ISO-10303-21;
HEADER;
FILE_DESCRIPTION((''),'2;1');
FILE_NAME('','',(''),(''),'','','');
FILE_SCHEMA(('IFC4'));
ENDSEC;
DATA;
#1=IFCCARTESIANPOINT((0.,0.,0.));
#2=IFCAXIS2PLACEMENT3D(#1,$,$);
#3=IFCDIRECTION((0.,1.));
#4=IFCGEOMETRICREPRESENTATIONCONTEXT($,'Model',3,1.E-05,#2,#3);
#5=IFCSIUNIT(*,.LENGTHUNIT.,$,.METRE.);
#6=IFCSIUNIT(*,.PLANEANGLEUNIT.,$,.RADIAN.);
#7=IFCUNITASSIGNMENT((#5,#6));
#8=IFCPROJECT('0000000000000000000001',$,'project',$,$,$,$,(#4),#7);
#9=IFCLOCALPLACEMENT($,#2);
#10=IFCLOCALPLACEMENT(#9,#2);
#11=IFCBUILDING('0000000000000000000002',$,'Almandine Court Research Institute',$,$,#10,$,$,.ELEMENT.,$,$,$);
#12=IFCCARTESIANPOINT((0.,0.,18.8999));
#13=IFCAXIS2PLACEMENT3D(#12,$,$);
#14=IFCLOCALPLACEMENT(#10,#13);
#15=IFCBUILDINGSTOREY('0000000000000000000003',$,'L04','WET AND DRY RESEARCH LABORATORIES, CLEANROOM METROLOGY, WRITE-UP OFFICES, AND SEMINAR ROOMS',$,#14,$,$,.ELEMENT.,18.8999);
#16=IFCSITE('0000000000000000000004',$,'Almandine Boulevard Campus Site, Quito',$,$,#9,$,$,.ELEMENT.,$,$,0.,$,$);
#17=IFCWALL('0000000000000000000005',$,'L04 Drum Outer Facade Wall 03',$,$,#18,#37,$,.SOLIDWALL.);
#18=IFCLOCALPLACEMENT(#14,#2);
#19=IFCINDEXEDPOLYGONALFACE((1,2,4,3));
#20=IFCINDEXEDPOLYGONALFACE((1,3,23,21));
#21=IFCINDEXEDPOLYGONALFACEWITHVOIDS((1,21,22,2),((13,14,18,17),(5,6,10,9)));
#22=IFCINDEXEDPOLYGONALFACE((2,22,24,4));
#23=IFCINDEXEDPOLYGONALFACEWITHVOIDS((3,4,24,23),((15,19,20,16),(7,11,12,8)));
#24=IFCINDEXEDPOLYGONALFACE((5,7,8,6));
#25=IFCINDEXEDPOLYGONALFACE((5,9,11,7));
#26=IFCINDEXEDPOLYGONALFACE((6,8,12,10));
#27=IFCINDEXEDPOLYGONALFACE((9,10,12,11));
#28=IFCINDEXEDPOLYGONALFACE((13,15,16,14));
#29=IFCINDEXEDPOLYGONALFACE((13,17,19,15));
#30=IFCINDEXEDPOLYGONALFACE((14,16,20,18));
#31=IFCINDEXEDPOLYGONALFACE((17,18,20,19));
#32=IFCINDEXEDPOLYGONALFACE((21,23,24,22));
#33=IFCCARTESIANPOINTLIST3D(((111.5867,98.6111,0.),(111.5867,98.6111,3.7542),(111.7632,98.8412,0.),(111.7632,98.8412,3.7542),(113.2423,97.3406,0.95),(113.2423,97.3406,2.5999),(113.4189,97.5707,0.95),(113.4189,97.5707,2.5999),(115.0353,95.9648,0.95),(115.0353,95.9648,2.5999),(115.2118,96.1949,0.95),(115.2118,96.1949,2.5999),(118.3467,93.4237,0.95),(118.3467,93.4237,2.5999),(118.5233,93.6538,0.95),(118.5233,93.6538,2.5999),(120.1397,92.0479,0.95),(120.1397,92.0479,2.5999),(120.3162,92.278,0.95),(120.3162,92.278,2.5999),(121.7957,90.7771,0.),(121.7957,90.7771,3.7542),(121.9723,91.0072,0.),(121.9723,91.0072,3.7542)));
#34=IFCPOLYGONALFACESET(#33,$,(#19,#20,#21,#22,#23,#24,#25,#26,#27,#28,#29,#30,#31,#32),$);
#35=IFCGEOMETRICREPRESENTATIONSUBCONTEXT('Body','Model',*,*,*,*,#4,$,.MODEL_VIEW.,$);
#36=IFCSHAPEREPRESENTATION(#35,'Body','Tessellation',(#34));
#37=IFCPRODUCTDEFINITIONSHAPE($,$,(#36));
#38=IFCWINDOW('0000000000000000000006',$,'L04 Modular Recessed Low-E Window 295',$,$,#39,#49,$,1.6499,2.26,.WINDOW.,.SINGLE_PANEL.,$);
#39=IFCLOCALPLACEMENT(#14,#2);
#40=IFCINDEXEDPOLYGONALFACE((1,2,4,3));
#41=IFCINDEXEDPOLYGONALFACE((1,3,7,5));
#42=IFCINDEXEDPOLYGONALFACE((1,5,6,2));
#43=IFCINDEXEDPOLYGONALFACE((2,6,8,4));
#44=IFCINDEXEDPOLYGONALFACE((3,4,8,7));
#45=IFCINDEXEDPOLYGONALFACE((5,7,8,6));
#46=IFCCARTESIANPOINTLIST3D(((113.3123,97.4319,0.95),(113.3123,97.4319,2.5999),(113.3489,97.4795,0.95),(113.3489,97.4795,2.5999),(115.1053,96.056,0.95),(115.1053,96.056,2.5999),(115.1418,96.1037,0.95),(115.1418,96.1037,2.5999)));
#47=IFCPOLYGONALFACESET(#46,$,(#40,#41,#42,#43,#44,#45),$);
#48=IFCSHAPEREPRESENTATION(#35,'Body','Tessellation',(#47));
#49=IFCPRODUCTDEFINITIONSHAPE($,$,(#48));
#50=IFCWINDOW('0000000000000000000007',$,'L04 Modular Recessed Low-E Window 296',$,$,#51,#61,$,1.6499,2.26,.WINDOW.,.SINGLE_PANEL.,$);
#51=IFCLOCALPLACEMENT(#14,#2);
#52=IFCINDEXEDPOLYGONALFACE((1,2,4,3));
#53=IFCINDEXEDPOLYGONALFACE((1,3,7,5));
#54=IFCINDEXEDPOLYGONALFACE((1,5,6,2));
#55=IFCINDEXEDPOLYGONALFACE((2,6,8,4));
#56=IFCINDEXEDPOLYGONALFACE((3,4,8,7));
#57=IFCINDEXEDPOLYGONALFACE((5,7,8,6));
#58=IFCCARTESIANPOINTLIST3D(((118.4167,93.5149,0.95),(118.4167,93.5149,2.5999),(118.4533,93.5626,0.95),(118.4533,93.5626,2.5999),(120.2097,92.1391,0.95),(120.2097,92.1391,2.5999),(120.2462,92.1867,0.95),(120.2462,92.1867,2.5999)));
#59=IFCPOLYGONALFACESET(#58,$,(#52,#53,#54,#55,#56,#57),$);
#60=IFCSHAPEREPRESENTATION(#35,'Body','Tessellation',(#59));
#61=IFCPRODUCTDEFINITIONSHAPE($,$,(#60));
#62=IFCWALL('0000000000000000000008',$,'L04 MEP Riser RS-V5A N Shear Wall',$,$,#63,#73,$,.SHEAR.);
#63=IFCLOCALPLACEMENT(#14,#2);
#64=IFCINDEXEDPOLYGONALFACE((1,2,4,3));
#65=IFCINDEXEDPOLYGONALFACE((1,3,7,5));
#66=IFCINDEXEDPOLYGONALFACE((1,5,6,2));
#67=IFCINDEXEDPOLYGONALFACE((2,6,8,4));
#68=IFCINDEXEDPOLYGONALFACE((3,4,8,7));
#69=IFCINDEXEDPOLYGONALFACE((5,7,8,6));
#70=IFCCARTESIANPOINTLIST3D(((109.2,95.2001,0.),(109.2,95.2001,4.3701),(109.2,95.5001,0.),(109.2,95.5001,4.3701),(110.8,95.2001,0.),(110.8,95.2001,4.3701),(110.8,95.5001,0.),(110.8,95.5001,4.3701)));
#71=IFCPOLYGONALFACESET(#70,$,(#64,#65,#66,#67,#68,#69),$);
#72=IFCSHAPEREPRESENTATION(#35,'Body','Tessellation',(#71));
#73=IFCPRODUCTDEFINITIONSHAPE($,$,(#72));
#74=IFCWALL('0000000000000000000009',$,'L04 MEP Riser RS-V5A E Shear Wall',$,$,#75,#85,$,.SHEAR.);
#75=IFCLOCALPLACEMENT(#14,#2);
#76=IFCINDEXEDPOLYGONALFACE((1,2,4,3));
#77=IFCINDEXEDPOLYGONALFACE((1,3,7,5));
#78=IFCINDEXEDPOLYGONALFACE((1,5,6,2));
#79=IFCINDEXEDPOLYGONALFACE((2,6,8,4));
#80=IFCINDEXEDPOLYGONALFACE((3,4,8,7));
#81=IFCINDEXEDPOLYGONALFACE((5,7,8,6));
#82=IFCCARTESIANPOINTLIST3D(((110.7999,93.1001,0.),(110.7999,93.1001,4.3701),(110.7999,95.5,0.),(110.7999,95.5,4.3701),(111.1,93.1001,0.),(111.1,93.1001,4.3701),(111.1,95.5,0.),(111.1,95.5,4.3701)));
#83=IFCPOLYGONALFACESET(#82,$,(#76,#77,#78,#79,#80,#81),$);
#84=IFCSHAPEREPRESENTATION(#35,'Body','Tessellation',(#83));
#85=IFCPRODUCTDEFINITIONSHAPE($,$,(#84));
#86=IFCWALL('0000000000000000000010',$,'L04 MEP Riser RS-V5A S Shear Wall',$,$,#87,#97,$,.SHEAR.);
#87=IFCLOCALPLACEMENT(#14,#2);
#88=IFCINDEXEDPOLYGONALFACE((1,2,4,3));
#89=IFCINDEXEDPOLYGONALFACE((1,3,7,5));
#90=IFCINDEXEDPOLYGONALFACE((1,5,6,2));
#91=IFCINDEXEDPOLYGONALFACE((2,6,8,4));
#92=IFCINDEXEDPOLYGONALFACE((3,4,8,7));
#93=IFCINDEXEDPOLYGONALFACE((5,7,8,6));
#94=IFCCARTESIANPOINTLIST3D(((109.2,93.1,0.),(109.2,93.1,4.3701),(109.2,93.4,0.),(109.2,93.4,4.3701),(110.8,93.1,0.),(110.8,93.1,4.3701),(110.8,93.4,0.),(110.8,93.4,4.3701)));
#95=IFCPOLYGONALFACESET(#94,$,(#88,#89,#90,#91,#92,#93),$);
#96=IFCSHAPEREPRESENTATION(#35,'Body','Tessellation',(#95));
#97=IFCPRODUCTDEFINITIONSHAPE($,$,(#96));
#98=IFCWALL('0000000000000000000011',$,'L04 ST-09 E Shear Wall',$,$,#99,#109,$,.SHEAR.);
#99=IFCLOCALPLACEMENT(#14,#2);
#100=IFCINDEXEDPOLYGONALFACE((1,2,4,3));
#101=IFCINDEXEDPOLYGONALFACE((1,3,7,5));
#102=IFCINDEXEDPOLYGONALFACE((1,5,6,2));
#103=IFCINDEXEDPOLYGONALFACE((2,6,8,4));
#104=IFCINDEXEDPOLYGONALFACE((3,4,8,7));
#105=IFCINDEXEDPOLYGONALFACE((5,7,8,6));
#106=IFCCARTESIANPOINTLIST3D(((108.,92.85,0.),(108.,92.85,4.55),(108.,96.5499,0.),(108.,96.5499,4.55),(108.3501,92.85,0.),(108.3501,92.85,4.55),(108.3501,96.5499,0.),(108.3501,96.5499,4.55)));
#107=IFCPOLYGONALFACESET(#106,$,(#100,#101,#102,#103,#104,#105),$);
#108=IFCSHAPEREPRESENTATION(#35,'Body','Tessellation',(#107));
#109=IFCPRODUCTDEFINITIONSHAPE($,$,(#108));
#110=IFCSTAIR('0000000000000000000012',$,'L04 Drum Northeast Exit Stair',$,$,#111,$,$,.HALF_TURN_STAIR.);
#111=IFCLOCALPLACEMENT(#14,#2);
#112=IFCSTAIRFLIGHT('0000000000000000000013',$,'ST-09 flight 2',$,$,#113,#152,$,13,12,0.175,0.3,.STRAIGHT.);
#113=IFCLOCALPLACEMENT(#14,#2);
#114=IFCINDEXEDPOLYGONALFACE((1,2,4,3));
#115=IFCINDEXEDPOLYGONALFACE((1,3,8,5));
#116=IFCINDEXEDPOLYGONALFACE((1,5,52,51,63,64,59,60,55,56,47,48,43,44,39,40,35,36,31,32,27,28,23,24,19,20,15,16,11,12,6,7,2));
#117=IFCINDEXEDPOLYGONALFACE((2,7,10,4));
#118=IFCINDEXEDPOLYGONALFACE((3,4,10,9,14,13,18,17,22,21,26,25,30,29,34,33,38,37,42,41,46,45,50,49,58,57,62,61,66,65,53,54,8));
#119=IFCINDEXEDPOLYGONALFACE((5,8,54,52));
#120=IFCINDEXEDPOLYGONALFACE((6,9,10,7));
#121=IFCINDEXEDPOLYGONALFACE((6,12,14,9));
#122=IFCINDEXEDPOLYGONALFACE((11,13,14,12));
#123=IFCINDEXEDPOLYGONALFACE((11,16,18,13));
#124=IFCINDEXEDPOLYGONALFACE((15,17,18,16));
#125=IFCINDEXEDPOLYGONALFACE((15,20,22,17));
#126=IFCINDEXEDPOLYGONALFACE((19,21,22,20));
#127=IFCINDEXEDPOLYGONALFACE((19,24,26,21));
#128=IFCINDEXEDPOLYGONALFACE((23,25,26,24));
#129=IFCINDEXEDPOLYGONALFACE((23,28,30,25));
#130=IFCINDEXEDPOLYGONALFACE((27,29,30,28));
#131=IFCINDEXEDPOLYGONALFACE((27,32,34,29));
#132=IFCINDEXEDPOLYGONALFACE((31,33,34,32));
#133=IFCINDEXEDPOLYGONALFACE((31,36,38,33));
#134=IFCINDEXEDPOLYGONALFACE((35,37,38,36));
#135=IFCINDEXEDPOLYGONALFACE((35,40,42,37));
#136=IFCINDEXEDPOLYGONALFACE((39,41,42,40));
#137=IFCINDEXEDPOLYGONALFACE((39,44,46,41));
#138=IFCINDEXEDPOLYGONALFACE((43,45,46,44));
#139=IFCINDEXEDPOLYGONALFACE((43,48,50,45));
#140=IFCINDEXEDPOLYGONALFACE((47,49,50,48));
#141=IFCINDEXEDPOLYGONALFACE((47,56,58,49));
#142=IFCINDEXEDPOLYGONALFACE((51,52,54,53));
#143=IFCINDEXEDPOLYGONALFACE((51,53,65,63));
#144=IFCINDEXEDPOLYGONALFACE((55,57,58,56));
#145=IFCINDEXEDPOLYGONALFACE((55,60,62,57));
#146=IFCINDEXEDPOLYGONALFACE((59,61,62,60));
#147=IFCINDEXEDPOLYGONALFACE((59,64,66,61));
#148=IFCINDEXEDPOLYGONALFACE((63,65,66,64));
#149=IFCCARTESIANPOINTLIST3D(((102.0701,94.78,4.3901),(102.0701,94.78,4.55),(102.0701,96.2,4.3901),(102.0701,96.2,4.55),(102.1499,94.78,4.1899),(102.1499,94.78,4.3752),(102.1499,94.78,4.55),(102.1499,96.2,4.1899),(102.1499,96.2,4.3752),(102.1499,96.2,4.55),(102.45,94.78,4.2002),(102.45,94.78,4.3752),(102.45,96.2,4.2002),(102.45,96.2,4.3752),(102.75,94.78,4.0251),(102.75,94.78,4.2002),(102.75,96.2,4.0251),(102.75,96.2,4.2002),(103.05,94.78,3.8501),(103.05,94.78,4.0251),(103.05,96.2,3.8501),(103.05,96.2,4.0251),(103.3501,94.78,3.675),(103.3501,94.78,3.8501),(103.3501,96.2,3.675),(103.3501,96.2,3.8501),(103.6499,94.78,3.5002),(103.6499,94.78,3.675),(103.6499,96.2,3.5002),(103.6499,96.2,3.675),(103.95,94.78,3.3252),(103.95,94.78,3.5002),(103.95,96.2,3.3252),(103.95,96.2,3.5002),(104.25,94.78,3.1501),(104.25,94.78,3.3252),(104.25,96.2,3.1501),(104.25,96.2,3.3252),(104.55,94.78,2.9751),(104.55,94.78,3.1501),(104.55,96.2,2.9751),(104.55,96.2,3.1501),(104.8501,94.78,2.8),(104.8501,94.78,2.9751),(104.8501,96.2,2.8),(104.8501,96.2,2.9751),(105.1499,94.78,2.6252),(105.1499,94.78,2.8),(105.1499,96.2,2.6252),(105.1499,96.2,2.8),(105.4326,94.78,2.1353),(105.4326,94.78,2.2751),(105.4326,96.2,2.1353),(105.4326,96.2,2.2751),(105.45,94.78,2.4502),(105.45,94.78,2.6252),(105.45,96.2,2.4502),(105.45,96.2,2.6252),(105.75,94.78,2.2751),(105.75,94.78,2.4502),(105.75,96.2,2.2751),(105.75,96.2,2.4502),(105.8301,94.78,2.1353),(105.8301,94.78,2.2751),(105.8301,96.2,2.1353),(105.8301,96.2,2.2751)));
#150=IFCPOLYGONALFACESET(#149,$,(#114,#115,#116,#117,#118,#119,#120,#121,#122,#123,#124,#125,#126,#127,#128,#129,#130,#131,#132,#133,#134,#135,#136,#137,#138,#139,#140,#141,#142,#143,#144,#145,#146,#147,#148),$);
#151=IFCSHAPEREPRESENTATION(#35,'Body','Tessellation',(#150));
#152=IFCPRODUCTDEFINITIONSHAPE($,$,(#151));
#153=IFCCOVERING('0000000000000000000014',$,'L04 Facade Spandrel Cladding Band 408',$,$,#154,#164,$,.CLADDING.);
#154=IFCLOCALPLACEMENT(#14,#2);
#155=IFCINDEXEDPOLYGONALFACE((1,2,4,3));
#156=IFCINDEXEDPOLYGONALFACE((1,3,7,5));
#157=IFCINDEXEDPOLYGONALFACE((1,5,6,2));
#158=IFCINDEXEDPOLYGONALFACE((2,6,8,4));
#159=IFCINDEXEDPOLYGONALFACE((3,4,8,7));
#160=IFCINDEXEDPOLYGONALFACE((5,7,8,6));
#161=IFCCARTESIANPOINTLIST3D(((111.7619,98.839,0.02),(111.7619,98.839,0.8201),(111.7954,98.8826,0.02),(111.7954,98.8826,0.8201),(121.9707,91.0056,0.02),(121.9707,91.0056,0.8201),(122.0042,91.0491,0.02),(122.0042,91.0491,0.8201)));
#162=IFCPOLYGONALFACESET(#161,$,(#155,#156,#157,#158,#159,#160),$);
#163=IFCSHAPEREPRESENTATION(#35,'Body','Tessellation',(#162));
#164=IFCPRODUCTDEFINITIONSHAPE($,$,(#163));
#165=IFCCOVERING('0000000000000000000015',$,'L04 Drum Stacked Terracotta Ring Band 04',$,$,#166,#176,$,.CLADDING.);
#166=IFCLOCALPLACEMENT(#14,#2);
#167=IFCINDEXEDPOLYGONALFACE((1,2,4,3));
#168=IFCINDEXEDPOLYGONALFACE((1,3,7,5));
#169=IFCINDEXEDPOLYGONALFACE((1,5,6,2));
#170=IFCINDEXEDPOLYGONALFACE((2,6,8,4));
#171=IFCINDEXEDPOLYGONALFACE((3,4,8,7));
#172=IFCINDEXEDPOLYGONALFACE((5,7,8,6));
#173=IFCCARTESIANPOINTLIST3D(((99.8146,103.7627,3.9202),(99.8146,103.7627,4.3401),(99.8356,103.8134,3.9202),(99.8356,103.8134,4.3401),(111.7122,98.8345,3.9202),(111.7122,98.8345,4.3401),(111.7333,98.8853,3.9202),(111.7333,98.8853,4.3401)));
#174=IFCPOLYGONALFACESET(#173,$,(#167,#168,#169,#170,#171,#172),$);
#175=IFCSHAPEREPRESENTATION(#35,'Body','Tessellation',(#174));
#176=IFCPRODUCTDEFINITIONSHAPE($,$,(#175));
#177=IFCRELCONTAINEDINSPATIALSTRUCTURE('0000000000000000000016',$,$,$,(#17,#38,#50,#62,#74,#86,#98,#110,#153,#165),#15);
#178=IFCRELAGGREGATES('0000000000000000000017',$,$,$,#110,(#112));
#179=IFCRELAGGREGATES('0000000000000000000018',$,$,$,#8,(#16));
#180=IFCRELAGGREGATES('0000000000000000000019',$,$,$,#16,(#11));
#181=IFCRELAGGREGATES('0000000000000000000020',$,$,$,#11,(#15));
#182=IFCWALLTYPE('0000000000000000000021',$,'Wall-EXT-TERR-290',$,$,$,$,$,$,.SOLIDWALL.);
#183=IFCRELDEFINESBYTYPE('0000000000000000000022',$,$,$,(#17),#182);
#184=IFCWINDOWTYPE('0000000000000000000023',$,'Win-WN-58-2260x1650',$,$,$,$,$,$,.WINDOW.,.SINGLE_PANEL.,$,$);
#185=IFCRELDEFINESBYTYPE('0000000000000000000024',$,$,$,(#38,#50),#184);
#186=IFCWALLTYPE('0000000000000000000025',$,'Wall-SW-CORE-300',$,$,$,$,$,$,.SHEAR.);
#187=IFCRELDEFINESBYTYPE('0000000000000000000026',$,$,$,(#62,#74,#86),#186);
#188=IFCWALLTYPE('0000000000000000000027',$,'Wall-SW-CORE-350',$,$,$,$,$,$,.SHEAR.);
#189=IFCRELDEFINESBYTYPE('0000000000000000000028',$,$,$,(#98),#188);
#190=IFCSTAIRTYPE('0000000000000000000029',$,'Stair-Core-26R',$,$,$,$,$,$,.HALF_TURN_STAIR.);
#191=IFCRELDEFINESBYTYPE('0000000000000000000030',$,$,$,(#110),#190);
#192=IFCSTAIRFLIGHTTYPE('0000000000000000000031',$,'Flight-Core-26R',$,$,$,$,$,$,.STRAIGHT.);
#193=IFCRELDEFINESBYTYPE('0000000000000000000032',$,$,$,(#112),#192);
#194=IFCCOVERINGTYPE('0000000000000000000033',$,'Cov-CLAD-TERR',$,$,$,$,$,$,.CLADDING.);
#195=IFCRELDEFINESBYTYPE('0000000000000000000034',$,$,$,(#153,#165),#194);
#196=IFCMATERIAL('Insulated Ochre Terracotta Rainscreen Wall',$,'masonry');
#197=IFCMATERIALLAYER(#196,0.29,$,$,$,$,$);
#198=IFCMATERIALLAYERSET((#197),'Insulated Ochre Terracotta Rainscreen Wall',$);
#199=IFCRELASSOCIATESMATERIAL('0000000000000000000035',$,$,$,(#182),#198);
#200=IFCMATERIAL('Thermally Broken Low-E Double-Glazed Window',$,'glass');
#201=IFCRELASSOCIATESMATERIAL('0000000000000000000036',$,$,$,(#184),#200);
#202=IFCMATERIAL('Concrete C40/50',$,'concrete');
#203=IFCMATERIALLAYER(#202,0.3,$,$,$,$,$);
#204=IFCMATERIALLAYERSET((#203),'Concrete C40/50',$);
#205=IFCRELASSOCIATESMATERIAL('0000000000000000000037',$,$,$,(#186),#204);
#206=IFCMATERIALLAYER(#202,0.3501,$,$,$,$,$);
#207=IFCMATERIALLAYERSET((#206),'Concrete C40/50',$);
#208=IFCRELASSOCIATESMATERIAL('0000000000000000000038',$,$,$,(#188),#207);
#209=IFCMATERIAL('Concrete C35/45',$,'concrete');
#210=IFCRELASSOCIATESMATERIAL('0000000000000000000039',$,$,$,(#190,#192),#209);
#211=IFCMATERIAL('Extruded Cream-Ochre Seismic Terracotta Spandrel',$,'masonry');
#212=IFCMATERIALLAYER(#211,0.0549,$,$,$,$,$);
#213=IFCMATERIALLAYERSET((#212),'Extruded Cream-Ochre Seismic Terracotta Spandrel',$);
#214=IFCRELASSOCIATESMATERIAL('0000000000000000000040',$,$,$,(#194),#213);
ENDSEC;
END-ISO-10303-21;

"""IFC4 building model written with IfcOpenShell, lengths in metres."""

from ifc_helpers import new_model, si_unit, direction, frame, frame_2d, origin, origin_2d, place, context, subcontext, project, spatial, polyline, rectangle, outline, extrude, material, layer, layer_set, type_object, element, fill, aggregate, save


model = new_model("IFC4")

# Units and contexts
model_context = context("Model", 3, precision=1e-05, world=origin(), true_north=direction((0.0, 1.0)))
body_context = subcontext(model_context, "Body", "Model", "MODEL_VIEW")
ifc_project = project(units=[si_unit("LENGTHUNIT", "METRE"), si_unit("PLANEANGLEUNIT", "RADIAN")], contexts=[model_context])

# Site, building, storey
site_placement = place(None, origin())
site = spatial("IfcSite", under=ifc_project, at=site_placement, Name="Almandine Boulevard Campus Site, Quito", CompositionType="ELEMENT", RefElevation=0.0)
building_placement = place(site_placement, origin())
building = spatial("IfcBuilding", under=site, at=building_placement, Name="Almandine Court Research Institute", CompositionType="ELEMENT")
storey_placement = place(building_placement, frame((0.0, 0.0, 18.8999)))
storey = spatial("IfcBuildingStorey", under=building, at=storey_placement, Name="L04", Description="WET AND DRY RESEARCH LABORATORIES, CLEANROOM METROLOGY, WRITE-UP OFFICES, AND SEMINAR ROOMS", CompositionType="ELEMENT", Elevation=18.8999)

# Wall, openings, windows
ifc_material_1 = material(Name="Insulated Ochre Terracotta Rainscreen Wall", Category="masonry")
ifc_layer_1 = layer(ifc_material_1, 0.29)
ifc_layer_set_1 = layer_set([ifc_layer_1], Name="Insulated Ochre Terracotta Rainscreen Wall")
wall_type_1 = type_object("IfcWallType", Name="Wall-EXT-TERR-290", PredefinedType="SOLIDWALL", material=ifc_layer_set_1)
wall_1_placement = place(storey_placement, frame((111.675, 98.7261, 0.0), z_axis=(0.0, 0.0, 1.0), x_axis=(0.79334, -0.608779, 0.0)))
wall_1 = element("IfcWall", 1, at=wall_1_placement, inside=storey, type_object=wall_type_1, Name="L04 Drum Outer Facade Wall 03", PredefinedType="SOLIDWALL", context=body_context, shape_type="SweptSolid", body=[
    extrude(rectangle(XDim=12.8684, YDim=0.29, at=frame_2d((6.4341, 0.0))), origin(), (0.0, 0.0, 1.0), 3.7542),
])
opening_1_placement = place(wall_1_placement, frame((2.0869, 0.0, 0.95)))
opening_1 = element("IfcOpeningElement", 2, at=opening_1_placement, cuts=wall_1, PredefinedType="OPENING", context=body_context, shape_type="SweptSolid", body=[
    extrude(rectangle(XDim=2.26, YDim=1.6499, at=frame_2d((1.1299, 0.825))), frame((0.0, 0.155, 0.0), z_axis=(0.0, -1.0, 0.0), x_axis=(1.0, 0.0, 0.0)), (0.0, 0.0, 1.0), 0.3101),
])
opening_2_placement = place(wall_1_placement, frame((8.521, 0.0, 0.95)))
opening_2 = element("IfcOpeningElement", 3, at=opening_2_placement, cuts=wall_1, PredefinedType="OPENING", context=body_context, shape_type="SweptSolid", body=[
    extrude(rectangle(XDim=2.26, YDim=1.6499, at=frame_2d((1.1299, 0.825))), frame((0.0, 0.155, 0.0), z_axis=(0.0, -1.0, 0.0), x_axis=(1.0, 0.0, 0.0)), (0.0, 0.0, 1.0), 0.3101),
])
ifc_material_2 = material(Name="Thermally Broken Low-E Double-Glazed Window", Category="glass")
window_type = type_object("IfcWindowType", Name="Win-WN-58-2260x1650", PartitioningType="SINGLE_PANEL", PredefinedType="WINDOW", material=ifc_material_2)
window_1_placement = place(opening_1_placement, origin())
window_1 = element("IfcWindow", 4, at=window_1_placement, inside=storey, type_object=window_type, Name="L04 Modular Recessed Low-E Window 295", OverallHeight=1.6499, OverallWidth=2.26, PartitioningType="SINGLE_PANEL", PredefinedType="WINDOW", context=body_context, shape_type="SweptSolid", body=[
    extrude(rectangle(XDim=2.26, YDim=1.6499, at=frame_2d((1.1299, 0.825))), frame((0.0, 0.03, 0.0), z_axis=(0.0, -1.0, 0.0), x_axis=(1.0, 0.0, 0.0)), (0.0, 0.0, 1.0), 0.0601),
])
fill(opening_1, window_1)
window_2_placement = place(opening_2_placement, origin())
window_2 = element("IfcWindow", 5, at=window_2_placement, inside=storey, type_object=window_type, Name="L04 Modular Recessed Low-E Window 296", OverallHeight=1.6499, OverallWidth=2.26, PartitioningType="SINGLE_PANEL", PredefinedType="WINDOW", context=body_context, shape_type="SweptSolid", body=[
    extrude(rectangle(XDim=2.26, YDim=1.6499, at=frame_2d((1.1299, 0.825))), frame((0.0, 0.03, 0.0), z_axis=(0.0, -1.0, 0.0), x_axis=(1.0, 0.0, 0.0)), (0.0, 0.0, 1.0), 0.0601),
])
fill(opening_2, window_2)

# Walls
ifc_material_3 = material(Name="Concrete C40/50", Category="concrete")
ifc_layer_2 = layer(ifc_material_3, 0.3)
ifc_layer_set_2 = layer_set([ifc_layer_2], Name="Concrete C40/50")
wall_type_2 = type_object("IfcWallType", Name="Wall-SW-CORE-300", PredefinedType="SHEAR", material=ifc_layer_set_2)
wall_2_placement = place(storey_placement, frame((109.2, 95.3501, 0.0), z_axis=(0.0, 0.0, 1.0), x_axis=(1.0, 0.0, 0.0)))
element("IfcWall", 6, at=wall_2_placement, inside=storey, type_object=wall_type_2, Name="L04 MEP Riser RS-V5A N Shear Wall", PredefinedType="SHEAR", context=body_context, shape_type="SweptSolid", body=[
    extrude(rectangle(XDim=1.6001, YDim=0.3, at=frame_2d((0.8, 0.0))), origin(), (0.0, 0.0, 1.0), 4.3701),
])
wall_3_placement = place(storey_placement, frame((110.95, 95.5, 0.0), z_axis=(0.0, 0.0, 1.0), x_axis=(0.0, -1.0, 0.0)))
element("IfcWall", 7, at=wall_3_placement, inside=storey, type_object=wall_type_2, Name="L04 MEP Riser RS-V5A E Shear Wall", PredefinedType="SHEAR", context=body_context, shape_type="SweptSolid", body=[
    extrude(rectangle(XDim=2.3999, YDim=0.3, at=frame_2d((1.2, 0.0))), origin(), (0.0, 0.0, 1.0), 4.3701),
])
wall_4_placement = place(storey_placement, frame((110.8, 93.25, 0.0), z_axis=(0.0, 0.0, 1.0), x_axis=(-1.0, 0.0, 0.0)))
element("IfcWall", 8, at=wall_4_placement, inside=storey, type_object=wall_type_2, Name="L04 MEP Riser RS-V5A S Shear Wall", PredefinedType="SHEAR", context=body_context, shape_type="SweptSolid", body=[
    extrude(rectangle(XDim=1.6001, YDim=0.3, at=frame_2d((0.8, 0.0))), origin(), (0.0, 0.0, 1.0), 4.3701),
])
ifc_layer_3 = layer(ifc_material_3, 0.3501)
ifc_layer_set_3 = layer_set([ifc_layer_3], Name="Concrete C40/50")
wall_type_3 = type_object("IfcWallType", Name="Wall-SW-CORE-350", PredefinedType="SHEAR", material=ifc_layer_set_3)
wall_5_placement = place(storey_placement, frame((108.175, 96.55, 0.0), z_axis=(0.0, 0.0, 1.0), x_axis=(0.0, -1.0, 0.0)))
element("IfcWall", 9, at=wall_5_placement, inside=storey, type_object=wall_type_3, Name="L04 ST-09 E Shear Wall", PredefinedType="SHEAR", context=body_context, shape_type="SweptSolid", body=[
    extrude(rectangle(XDim=3.7, YDim=0.3501, at=frame_2d((1.8501, 0.0))), origin(), (0.0, 0.0, 1.0), 4.55),
])

# Stair, stair flight
ifc_material_4 = material(Name="Concrete C35/45", Category="concrete")
stair_type = type_object("IfcStairType", Name="Stair-Core-26R", PredefinedType="HALF_TURN_STAIR", material=ifc_material_4)
stair_placement = place(storey_placement, origin())
stair = element("IfcStair", 10, at=stair_placement, inside=storey, type_object=stair_type, Name="L04 Drum Northeast Exit Stair", PredefinedType="HALF_TURN_STAIR")
stair_flight_type = type_object("IfcStairFlightType", Name="Flight-Core-26R", PredefinedType="STRAIGHT", material=ifc_material_4)
stair_flight_placement = place(storey_placement, frame((105.75, 95.49, 2.2751), z_axis=(0.0, 0.0, 1.0), x_axis=(-1.0, 0.0, 0.0)))
stair_flight = element("IfcStairFlight", 11, at=stair_flight_placement, type_object=stair_flight_type, Name="ST-09 flight 2", NumberOfRisers=13, NumberOfTreads=12, PredefinedType="STRAIGHT", RiserHeight=0.175, TreadLength=0.3, context=body_context, shape_type="SweptSolid", body=[
    extrude(outline(polyline([(-0.0801, -0.1399), (-0.0801, 0.0), (0.0, 0.0), (0.0, 0.175), (0.3, 0.175), (0.3, 0.3501), (0.6001, 0.3501), (0.6001, 0.5249), (0.8999, 0.5249), (0.8999, 0.7), (1.2, 0.7), (1.2, 0.875), (1.5, 0.875), (1.5, 1.05), (1.8, 1.05), (1.8, 1.2251), (2.1001, 1.2251), (2.1001, 1.3999), (2.3999, 1.3999), (2.3999, 1.575), (2.7, 1.575), (2.7, 1.75), (3.0, 1.75), (3.0, 1.925), (3.3, 1.925), (3.3, 2.1001), (3.6001, 2.1001), (3.6001, 2.2749), (3.6799, 2.2749), (3.6799, 2.115), (3.6001, 1.9148), (0.3174, 0.0), (0.3174, -0.1399), (-0.0801, -0.1399)])), frame((0.0, 0.71, 0.0), z_axis=(0.0, -1.0, 0.0), x_axis=(1.0, 0.0, 0.0)), (0.0, 0.0, 1.0), 1.4199),
])
aggregate(stair, [stair_flight])

# Coverings
ifc_material_5 = material(Name="Extruded Cream-Ochre Seismic Terracotta Spandrel", Category="masonry")
ifc_layer_4 = layer(ifc_material_5, 0.0549)
ifc_layer_set_4 = layer_set([ifc_layer_4], Name="Extruded Cream-Ochre Seismic Terracotta Spandrel")
covering_type = type_object("IfcCoveringType", Name="Cov-CLAD-TERR", PredefinedType="CLADDING", material=ifc_layer_set_4)
covering_1_placement = place(storey_placement, frame((116.8831, 94.9441, 0.02), z_axis=(0.0, 0.0, 1.0), x_axis=(0.793353, -0.608761, 0.0)))
element("IfcCovering", 12, at=covering_1_placement, inside=storey, type_object=covering_type, Name="L04 Facade Spandrel Cladding Band 408", PredefinedType="CLADDING", context=body_context, shape_type="SweptSolid", body=[
    extrude(rectangle(XDim=12.8679, YDim=0.0549, at=origin_2d()), origin(), (0.0, 0.0, 1.0), 0.8),
])
covering_2_placement = place(storey_placement, frame((105.7739, 101.324, 3.9202), z_axis=(0.0, 0.0, 1.0), x_axis=(0.92388, -0.382683, 0.0)))
element("IfcCovering", 13, at=covering_2_placement, inside=storey, type_object=covering_type, Name="L04 Drum Stacked Terracotta Ring Band 04", PredefinedType="CLADDING", context=body_context, shape_type="SweptSolid", body=[
    extrude(rectangle(XDim=12.8779, YDim=0.0549, at=origin_2d()), origin(), (0.0, 0.0, 1.0), 0.4199),
])

save(model, "model.ifc")
